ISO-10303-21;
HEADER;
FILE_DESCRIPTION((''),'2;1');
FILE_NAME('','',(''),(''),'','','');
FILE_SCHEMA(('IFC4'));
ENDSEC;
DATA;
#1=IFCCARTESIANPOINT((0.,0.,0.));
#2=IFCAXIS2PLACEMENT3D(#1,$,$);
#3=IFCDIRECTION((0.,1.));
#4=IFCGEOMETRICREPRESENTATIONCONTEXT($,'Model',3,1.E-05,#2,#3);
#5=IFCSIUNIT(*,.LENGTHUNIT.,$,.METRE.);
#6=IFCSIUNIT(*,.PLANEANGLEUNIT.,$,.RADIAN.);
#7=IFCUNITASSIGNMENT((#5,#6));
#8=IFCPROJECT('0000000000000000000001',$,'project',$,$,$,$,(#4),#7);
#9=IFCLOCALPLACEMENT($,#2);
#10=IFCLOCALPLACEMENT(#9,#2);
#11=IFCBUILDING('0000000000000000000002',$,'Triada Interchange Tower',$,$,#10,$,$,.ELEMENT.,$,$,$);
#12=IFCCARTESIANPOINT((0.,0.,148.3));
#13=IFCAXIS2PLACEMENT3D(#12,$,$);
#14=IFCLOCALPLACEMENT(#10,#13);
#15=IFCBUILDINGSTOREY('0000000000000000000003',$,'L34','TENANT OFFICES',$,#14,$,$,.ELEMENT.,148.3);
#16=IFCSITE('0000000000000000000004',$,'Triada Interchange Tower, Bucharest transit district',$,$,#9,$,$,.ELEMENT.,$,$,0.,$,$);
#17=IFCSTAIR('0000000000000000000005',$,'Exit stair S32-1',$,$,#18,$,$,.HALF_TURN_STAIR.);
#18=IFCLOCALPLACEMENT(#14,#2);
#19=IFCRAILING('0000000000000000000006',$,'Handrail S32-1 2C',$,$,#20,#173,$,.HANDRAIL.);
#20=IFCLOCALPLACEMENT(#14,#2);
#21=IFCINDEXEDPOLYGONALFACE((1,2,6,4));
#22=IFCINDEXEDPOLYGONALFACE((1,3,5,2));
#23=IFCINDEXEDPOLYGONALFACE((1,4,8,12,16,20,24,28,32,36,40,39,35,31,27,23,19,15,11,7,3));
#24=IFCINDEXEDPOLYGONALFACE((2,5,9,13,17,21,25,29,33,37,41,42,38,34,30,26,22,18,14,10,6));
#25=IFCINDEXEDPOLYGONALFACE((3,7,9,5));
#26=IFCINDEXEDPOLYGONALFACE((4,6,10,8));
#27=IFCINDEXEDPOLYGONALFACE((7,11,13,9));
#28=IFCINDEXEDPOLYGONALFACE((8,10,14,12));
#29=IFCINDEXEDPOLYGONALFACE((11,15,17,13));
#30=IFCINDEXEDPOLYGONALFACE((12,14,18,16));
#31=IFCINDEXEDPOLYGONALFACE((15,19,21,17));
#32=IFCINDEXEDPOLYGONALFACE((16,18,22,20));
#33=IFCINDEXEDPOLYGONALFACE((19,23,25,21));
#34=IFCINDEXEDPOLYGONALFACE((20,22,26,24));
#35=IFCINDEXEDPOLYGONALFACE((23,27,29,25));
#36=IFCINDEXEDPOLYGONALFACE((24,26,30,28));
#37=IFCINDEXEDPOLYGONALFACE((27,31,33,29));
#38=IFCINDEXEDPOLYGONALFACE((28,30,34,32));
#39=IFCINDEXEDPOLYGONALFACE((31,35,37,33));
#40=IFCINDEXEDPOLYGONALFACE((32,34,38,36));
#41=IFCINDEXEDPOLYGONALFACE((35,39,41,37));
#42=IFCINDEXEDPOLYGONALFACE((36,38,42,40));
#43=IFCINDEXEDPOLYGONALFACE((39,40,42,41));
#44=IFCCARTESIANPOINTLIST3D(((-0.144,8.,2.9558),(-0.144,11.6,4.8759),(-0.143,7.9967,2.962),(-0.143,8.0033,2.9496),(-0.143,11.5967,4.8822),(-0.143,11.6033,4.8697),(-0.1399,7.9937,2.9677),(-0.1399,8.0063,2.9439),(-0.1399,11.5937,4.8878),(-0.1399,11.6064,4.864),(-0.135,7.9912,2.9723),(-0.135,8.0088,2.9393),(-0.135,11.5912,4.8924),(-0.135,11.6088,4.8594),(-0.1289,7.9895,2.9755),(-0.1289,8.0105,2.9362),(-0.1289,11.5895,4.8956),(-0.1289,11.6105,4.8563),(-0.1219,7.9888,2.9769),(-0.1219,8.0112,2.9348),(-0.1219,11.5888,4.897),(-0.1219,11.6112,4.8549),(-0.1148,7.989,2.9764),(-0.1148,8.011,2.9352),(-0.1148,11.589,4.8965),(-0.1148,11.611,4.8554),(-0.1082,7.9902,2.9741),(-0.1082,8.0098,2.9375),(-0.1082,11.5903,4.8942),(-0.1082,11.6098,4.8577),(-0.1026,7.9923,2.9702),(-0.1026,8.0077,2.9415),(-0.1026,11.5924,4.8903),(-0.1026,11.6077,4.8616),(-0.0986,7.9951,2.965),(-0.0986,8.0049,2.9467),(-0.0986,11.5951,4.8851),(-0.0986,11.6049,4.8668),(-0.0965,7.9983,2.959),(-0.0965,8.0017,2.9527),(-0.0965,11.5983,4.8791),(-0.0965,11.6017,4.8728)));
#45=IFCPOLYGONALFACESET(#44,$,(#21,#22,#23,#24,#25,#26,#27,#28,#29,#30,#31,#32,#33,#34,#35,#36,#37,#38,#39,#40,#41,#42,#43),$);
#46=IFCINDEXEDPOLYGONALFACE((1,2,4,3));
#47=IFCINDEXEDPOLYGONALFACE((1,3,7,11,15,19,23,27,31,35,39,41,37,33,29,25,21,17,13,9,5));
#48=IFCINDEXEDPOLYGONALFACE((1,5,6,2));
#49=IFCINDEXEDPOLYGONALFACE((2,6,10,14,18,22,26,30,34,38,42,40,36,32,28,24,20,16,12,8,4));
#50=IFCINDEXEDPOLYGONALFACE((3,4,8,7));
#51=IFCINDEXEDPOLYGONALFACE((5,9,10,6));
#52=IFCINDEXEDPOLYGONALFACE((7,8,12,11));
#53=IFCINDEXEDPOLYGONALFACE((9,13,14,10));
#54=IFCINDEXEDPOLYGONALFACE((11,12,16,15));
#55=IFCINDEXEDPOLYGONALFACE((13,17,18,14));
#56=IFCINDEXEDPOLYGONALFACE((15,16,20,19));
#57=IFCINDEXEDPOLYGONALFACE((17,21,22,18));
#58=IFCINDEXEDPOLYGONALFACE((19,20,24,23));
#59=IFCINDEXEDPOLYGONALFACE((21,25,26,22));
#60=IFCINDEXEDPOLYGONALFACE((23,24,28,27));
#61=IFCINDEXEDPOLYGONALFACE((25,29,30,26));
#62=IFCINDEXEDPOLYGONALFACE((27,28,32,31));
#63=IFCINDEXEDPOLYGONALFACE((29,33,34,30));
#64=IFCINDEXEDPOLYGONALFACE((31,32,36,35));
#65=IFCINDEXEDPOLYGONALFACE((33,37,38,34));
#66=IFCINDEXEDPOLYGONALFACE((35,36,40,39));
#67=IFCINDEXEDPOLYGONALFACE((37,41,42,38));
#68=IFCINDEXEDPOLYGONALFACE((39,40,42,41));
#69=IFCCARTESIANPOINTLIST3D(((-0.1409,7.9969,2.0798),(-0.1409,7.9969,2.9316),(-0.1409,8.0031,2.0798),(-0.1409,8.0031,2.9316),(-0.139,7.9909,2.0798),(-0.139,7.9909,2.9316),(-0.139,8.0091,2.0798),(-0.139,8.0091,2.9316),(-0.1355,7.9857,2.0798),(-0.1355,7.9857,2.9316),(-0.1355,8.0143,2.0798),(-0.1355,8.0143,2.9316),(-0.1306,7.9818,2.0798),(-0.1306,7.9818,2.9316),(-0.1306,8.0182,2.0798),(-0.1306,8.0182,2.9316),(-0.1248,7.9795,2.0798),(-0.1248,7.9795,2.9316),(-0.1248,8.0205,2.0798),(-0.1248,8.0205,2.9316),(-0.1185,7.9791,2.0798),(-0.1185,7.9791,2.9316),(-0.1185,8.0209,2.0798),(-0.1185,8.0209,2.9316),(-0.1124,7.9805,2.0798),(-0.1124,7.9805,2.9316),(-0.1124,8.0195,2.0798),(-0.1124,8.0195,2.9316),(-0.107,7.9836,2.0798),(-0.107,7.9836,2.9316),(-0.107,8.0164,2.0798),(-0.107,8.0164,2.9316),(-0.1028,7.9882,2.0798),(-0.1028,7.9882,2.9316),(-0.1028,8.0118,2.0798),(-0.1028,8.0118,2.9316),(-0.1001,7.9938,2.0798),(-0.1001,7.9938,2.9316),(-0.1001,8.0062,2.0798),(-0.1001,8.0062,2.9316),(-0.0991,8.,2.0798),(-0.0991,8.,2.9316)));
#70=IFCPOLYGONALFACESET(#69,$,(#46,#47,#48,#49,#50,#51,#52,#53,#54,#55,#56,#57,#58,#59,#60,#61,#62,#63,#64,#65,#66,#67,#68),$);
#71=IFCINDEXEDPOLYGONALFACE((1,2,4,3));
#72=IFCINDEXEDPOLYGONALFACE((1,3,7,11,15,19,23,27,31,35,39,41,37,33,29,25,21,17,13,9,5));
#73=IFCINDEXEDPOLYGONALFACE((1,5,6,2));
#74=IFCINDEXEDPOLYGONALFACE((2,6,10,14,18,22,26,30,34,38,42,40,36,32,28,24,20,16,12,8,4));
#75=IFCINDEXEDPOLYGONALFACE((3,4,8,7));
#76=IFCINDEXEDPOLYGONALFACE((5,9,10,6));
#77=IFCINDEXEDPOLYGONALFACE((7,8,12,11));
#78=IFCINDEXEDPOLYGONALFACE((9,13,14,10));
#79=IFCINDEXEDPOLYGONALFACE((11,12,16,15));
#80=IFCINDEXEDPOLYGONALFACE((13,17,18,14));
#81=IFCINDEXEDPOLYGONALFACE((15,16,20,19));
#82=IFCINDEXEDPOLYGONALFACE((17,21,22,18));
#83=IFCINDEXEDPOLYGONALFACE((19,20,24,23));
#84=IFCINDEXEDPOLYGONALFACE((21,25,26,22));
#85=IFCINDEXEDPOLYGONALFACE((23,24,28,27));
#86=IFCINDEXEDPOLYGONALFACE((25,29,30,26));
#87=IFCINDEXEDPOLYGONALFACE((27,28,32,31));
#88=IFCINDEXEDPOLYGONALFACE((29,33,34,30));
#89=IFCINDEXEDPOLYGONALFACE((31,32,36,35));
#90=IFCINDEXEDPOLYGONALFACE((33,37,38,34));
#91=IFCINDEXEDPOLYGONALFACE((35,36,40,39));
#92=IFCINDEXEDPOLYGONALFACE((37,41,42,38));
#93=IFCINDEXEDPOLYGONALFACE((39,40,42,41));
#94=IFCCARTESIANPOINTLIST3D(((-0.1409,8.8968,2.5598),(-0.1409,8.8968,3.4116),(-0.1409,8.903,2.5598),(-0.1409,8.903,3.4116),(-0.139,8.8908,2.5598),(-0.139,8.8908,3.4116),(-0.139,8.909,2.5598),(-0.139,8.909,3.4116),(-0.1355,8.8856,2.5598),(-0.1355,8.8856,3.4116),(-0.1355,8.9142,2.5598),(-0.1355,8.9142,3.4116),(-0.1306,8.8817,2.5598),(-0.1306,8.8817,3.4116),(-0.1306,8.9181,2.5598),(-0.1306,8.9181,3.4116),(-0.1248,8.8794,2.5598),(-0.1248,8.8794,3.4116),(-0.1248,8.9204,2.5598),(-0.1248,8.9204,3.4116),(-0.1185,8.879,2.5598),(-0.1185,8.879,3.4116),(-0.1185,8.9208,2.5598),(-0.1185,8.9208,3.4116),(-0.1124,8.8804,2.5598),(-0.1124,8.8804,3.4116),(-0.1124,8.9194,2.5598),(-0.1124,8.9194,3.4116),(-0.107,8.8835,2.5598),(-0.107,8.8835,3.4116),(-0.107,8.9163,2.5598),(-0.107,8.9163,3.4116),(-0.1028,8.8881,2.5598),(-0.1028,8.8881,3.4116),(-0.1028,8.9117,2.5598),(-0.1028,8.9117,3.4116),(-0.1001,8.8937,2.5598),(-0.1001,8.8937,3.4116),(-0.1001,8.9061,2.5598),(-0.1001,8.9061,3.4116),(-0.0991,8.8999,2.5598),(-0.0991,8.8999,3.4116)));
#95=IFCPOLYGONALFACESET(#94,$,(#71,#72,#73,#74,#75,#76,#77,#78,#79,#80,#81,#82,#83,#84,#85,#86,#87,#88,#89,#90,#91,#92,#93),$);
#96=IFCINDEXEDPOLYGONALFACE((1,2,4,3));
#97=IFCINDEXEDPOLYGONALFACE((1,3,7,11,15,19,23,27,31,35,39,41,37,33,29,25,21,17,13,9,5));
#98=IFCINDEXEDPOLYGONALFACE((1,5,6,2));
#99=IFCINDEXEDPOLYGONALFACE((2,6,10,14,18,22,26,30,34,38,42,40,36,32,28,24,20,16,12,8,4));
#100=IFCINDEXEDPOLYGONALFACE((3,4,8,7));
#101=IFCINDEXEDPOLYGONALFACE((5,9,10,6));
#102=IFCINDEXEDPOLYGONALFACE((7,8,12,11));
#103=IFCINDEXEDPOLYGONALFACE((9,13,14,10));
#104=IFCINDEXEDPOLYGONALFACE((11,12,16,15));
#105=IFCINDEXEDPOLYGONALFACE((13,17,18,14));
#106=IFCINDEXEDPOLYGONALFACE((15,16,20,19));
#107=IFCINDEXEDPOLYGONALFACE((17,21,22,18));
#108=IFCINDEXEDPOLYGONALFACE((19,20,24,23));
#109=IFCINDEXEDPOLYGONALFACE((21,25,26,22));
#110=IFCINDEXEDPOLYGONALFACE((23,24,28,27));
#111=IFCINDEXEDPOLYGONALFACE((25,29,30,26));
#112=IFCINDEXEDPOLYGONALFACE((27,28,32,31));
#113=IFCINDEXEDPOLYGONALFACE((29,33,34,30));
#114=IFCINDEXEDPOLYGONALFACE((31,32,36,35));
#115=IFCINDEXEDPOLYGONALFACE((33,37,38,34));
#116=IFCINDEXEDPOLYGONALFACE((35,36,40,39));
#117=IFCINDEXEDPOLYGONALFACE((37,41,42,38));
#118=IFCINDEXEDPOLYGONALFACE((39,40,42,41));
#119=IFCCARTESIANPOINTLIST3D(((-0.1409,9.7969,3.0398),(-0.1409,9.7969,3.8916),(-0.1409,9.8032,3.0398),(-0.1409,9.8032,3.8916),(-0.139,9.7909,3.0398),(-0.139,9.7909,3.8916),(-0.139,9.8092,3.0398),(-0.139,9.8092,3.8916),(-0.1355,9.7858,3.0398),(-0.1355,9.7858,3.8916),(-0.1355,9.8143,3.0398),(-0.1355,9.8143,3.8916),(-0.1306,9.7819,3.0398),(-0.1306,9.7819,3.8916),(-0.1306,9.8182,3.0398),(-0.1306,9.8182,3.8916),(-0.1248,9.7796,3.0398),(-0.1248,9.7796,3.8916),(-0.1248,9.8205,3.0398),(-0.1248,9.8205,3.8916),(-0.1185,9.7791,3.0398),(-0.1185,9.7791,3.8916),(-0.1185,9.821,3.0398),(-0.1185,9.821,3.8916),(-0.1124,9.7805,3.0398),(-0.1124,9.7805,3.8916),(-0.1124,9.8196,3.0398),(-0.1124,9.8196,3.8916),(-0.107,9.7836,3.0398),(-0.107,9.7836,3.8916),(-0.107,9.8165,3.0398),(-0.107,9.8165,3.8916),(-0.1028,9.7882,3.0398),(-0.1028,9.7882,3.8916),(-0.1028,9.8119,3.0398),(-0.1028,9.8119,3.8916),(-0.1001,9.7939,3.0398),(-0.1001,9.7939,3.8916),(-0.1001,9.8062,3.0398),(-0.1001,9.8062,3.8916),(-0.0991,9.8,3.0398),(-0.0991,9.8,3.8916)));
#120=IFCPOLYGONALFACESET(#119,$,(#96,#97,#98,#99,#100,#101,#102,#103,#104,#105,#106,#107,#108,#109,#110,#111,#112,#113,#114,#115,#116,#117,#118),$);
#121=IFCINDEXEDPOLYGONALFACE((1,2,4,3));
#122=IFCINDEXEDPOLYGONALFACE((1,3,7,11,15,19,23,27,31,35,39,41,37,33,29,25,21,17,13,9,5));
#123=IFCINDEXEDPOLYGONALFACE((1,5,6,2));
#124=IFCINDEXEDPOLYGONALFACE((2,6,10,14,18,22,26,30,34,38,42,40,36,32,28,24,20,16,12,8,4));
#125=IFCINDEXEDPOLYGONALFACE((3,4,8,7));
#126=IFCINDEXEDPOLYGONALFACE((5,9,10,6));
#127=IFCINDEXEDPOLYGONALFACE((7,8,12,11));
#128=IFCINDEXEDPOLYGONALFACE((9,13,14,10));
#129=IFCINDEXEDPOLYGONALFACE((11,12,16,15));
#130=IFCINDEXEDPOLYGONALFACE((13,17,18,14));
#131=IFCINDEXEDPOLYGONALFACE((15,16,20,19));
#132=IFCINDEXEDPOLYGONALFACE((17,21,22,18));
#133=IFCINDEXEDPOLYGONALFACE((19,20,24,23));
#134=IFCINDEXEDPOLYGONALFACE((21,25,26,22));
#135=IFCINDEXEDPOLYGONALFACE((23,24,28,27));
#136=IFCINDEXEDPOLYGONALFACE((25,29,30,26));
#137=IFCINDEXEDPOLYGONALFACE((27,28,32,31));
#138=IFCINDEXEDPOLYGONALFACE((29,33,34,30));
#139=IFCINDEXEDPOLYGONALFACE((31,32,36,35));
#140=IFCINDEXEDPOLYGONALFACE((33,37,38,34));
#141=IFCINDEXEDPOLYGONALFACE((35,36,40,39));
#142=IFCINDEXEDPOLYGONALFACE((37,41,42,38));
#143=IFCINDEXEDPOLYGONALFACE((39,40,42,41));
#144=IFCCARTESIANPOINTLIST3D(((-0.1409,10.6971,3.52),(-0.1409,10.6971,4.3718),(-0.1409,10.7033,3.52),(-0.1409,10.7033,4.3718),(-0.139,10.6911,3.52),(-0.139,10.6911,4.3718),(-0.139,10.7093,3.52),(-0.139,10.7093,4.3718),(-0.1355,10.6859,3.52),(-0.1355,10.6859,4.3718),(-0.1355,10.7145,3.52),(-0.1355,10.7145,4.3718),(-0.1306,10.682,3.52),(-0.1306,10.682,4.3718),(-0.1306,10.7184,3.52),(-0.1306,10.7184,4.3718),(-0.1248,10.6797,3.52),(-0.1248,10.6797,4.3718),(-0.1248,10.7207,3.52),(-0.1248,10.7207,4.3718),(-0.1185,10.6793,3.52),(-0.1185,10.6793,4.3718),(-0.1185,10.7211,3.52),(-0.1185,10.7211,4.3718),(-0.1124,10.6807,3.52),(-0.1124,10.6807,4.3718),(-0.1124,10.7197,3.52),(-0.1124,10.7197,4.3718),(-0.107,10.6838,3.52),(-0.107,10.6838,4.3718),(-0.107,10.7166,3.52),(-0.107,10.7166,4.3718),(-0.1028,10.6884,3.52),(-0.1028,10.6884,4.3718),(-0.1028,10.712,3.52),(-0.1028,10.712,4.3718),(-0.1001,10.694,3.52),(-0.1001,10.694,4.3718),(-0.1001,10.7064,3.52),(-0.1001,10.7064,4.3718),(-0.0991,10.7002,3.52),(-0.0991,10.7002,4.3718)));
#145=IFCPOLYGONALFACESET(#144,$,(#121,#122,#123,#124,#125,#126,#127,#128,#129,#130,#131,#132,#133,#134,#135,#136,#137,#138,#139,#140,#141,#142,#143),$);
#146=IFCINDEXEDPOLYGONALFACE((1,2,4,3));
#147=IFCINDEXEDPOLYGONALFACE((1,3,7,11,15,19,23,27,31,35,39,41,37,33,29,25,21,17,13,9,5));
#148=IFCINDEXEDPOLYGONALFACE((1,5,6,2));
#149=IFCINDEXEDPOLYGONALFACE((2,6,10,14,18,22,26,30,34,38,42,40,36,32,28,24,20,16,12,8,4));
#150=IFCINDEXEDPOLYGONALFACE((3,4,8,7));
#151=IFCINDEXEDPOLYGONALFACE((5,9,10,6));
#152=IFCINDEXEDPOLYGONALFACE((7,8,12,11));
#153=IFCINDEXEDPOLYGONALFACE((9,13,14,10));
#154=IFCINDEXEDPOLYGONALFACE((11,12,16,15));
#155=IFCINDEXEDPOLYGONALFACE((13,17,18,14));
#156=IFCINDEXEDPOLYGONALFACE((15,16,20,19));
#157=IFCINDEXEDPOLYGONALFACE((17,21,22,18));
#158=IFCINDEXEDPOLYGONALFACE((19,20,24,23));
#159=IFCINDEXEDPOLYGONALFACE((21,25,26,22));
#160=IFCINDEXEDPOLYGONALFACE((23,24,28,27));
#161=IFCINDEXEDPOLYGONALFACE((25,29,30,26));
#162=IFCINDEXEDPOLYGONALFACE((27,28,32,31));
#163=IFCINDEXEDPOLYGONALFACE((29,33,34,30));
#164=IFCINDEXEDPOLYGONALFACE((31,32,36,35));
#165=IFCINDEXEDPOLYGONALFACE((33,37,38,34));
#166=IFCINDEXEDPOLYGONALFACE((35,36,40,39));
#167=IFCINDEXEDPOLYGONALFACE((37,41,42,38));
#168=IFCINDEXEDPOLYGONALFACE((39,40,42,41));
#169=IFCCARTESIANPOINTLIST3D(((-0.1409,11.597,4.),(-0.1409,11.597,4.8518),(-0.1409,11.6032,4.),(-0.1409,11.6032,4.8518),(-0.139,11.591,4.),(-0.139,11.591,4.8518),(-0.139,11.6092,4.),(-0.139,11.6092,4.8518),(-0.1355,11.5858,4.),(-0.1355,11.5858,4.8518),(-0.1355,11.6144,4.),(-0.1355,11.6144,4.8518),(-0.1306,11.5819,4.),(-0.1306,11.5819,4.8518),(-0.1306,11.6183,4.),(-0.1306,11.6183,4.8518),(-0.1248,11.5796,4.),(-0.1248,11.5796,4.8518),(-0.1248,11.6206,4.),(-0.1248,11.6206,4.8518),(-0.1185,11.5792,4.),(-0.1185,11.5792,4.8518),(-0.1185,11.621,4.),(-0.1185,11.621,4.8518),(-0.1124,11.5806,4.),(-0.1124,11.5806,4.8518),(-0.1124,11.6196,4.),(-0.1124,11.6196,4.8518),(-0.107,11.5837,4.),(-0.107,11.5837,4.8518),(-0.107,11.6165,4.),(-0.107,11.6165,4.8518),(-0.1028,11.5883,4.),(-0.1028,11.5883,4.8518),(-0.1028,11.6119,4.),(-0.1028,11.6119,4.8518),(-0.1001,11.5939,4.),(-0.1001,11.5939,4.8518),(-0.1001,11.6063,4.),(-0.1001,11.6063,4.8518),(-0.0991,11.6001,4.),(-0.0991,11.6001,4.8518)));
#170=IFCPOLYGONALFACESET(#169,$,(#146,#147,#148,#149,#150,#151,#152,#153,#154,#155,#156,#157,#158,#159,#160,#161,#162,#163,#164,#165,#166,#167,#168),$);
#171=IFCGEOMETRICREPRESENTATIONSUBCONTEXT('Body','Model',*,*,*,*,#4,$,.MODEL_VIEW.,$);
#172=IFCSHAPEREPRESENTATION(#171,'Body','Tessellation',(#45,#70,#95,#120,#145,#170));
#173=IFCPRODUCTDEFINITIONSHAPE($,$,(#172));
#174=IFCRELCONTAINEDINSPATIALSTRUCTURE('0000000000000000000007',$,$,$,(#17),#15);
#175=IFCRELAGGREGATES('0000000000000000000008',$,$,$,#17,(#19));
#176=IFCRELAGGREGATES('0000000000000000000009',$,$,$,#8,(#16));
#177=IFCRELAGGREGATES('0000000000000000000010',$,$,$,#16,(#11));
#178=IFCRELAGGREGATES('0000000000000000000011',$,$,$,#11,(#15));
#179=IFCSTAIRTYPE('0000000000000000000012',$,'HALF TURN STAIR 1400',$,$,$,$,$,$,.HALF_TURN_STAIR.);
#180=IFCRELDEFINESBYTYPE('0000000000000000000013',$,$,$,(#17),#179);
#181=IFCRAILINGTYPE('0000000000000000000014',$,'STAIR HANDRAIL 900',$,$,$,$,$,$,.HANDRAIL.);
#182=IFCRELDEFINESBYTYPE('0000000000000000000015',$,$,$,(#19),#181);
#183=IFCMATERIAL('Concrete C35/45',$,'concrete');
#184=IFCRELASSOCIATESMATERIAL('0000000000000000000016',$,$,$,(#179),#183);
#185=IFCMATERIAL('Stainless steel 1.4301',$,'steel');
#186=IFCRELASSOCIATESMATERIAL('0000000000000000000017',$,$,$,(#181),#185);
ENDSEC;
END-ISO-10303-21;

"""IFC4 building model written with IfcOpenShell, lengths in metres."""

from ifc_helpers import new_model, si_unit, direction, frame, origin, origin_2d, place, context, subcontext, project, spatial, circle, extrude, material, type_object, element, aggregate, save


model = new_model("IFC4")

# Units and contexts
model_context = context("Model", 3, precision=1e-05, world=origin(), true_north=direction((0.0, 1.0)))
body_context = subcontext(model_context, "Body", "Model", "MODEL_VIEW")
ifc_project = project(units=[si_unit("LENGTHUNIT", "METRE"), si_unit("PLANEANGLEUNIT", "RADIAN")], contexts=[model_context])

# Site, building, storey
site_placement = place(None, origin())
site = spatial("IfcSite", under=ifc_project, at=site_placement, Name="Triada Interchange Tower, Bucharest transit district", CompositionType="ELEMENT", RefElevation=0.0)
building_placement = place(site_placement, origin())
building = spatial("IfcBuilding", under=site, at=building_placement, Name="Triada Interchange Tower", CompositionType="ELEMENT")
storey_placement = place(building_placement, frame((0.0, 0.0, 148.3)))
storey = spatial("IfcBuildingStorey", under=building, at=storey_placement, Name="L34", Description="TENANT OFFICES", CompositionType="ELEMENT", Elevation=148.3)

# Stair, railing
ifc_material_1 = material(Name="Concrete C35/45", Category="concrete")
stair_type = type_object("IfcStairType", Name="HALF TURN STAIR 1400", PredefinedType="HALF_TURN_STAIR", material=ifc_material_1)
stair_placement = place(storey_placement, origin())
stair = element("IfcStair", 1, at=stair_placement, inside=storey, type_object=stair_type, Name="Exit stair S32-1", PredefinedType="HALF_TURN_STAIR")
ifc_material_2 = material(Name="Stainless steel 1.4301", Category="steel")
railing_type = type_object("IfcRailingType", Name="STAIR HANDRAIL 900", PredefinedType="HANDRAIL", material=ifc_material_2)
railing_1_placement = place(storey_placement, frame((-0.1201, 8.0, 2.0798)))
railing_1 = element("IfcRailing", 2, at=railing_1_placement, type_object=railing_type, Name="Handrail S32-1 2C", PredefinedType="HANDRAIL", context=body_context, shape_type="SweptSolid", body=[
    extrude(circle(Radius=0.0239, at=origin_2d()), frame((0.0, 0.0, 0.876), z_axis=(0.0, 0.882341, 0.47061), x_axis=(-1.0, 0.0, 0.0)), (0.0, 0.0, 1.0), 4.0801),
    extrude(circle(Radius=0.021, at=origin_2d()), origin(), (0.0, 0.0, 1.0), 0.8518),
    extrude(circle(Radius=0.021, at=origin_2d()), frame((0.0, 0.8999, 0.48)), (0.0, 0.0, 1.0), 0.8518),
    extrude(circle(Radius=0.021, at=origin_2d()), frame((0.0, 1.8, 0.96)), (0.0, 0.0, 1.0), 0.8518),
    extrude(circle(Radius=0.021, at=origin_2d()), frame((0.0, 2.7002, 1.4402)), (0.0, 0.0, 1.0), 0.8518),
    extrude(circle(Radius=0.021, at=origin_2d()), frame((0.0, 3.6001, 1.9202)), (0.0, 0.0, 1.0), 0.8518),
])
aggregate(stair, [railing_1])

save(model, "model.ifc")
